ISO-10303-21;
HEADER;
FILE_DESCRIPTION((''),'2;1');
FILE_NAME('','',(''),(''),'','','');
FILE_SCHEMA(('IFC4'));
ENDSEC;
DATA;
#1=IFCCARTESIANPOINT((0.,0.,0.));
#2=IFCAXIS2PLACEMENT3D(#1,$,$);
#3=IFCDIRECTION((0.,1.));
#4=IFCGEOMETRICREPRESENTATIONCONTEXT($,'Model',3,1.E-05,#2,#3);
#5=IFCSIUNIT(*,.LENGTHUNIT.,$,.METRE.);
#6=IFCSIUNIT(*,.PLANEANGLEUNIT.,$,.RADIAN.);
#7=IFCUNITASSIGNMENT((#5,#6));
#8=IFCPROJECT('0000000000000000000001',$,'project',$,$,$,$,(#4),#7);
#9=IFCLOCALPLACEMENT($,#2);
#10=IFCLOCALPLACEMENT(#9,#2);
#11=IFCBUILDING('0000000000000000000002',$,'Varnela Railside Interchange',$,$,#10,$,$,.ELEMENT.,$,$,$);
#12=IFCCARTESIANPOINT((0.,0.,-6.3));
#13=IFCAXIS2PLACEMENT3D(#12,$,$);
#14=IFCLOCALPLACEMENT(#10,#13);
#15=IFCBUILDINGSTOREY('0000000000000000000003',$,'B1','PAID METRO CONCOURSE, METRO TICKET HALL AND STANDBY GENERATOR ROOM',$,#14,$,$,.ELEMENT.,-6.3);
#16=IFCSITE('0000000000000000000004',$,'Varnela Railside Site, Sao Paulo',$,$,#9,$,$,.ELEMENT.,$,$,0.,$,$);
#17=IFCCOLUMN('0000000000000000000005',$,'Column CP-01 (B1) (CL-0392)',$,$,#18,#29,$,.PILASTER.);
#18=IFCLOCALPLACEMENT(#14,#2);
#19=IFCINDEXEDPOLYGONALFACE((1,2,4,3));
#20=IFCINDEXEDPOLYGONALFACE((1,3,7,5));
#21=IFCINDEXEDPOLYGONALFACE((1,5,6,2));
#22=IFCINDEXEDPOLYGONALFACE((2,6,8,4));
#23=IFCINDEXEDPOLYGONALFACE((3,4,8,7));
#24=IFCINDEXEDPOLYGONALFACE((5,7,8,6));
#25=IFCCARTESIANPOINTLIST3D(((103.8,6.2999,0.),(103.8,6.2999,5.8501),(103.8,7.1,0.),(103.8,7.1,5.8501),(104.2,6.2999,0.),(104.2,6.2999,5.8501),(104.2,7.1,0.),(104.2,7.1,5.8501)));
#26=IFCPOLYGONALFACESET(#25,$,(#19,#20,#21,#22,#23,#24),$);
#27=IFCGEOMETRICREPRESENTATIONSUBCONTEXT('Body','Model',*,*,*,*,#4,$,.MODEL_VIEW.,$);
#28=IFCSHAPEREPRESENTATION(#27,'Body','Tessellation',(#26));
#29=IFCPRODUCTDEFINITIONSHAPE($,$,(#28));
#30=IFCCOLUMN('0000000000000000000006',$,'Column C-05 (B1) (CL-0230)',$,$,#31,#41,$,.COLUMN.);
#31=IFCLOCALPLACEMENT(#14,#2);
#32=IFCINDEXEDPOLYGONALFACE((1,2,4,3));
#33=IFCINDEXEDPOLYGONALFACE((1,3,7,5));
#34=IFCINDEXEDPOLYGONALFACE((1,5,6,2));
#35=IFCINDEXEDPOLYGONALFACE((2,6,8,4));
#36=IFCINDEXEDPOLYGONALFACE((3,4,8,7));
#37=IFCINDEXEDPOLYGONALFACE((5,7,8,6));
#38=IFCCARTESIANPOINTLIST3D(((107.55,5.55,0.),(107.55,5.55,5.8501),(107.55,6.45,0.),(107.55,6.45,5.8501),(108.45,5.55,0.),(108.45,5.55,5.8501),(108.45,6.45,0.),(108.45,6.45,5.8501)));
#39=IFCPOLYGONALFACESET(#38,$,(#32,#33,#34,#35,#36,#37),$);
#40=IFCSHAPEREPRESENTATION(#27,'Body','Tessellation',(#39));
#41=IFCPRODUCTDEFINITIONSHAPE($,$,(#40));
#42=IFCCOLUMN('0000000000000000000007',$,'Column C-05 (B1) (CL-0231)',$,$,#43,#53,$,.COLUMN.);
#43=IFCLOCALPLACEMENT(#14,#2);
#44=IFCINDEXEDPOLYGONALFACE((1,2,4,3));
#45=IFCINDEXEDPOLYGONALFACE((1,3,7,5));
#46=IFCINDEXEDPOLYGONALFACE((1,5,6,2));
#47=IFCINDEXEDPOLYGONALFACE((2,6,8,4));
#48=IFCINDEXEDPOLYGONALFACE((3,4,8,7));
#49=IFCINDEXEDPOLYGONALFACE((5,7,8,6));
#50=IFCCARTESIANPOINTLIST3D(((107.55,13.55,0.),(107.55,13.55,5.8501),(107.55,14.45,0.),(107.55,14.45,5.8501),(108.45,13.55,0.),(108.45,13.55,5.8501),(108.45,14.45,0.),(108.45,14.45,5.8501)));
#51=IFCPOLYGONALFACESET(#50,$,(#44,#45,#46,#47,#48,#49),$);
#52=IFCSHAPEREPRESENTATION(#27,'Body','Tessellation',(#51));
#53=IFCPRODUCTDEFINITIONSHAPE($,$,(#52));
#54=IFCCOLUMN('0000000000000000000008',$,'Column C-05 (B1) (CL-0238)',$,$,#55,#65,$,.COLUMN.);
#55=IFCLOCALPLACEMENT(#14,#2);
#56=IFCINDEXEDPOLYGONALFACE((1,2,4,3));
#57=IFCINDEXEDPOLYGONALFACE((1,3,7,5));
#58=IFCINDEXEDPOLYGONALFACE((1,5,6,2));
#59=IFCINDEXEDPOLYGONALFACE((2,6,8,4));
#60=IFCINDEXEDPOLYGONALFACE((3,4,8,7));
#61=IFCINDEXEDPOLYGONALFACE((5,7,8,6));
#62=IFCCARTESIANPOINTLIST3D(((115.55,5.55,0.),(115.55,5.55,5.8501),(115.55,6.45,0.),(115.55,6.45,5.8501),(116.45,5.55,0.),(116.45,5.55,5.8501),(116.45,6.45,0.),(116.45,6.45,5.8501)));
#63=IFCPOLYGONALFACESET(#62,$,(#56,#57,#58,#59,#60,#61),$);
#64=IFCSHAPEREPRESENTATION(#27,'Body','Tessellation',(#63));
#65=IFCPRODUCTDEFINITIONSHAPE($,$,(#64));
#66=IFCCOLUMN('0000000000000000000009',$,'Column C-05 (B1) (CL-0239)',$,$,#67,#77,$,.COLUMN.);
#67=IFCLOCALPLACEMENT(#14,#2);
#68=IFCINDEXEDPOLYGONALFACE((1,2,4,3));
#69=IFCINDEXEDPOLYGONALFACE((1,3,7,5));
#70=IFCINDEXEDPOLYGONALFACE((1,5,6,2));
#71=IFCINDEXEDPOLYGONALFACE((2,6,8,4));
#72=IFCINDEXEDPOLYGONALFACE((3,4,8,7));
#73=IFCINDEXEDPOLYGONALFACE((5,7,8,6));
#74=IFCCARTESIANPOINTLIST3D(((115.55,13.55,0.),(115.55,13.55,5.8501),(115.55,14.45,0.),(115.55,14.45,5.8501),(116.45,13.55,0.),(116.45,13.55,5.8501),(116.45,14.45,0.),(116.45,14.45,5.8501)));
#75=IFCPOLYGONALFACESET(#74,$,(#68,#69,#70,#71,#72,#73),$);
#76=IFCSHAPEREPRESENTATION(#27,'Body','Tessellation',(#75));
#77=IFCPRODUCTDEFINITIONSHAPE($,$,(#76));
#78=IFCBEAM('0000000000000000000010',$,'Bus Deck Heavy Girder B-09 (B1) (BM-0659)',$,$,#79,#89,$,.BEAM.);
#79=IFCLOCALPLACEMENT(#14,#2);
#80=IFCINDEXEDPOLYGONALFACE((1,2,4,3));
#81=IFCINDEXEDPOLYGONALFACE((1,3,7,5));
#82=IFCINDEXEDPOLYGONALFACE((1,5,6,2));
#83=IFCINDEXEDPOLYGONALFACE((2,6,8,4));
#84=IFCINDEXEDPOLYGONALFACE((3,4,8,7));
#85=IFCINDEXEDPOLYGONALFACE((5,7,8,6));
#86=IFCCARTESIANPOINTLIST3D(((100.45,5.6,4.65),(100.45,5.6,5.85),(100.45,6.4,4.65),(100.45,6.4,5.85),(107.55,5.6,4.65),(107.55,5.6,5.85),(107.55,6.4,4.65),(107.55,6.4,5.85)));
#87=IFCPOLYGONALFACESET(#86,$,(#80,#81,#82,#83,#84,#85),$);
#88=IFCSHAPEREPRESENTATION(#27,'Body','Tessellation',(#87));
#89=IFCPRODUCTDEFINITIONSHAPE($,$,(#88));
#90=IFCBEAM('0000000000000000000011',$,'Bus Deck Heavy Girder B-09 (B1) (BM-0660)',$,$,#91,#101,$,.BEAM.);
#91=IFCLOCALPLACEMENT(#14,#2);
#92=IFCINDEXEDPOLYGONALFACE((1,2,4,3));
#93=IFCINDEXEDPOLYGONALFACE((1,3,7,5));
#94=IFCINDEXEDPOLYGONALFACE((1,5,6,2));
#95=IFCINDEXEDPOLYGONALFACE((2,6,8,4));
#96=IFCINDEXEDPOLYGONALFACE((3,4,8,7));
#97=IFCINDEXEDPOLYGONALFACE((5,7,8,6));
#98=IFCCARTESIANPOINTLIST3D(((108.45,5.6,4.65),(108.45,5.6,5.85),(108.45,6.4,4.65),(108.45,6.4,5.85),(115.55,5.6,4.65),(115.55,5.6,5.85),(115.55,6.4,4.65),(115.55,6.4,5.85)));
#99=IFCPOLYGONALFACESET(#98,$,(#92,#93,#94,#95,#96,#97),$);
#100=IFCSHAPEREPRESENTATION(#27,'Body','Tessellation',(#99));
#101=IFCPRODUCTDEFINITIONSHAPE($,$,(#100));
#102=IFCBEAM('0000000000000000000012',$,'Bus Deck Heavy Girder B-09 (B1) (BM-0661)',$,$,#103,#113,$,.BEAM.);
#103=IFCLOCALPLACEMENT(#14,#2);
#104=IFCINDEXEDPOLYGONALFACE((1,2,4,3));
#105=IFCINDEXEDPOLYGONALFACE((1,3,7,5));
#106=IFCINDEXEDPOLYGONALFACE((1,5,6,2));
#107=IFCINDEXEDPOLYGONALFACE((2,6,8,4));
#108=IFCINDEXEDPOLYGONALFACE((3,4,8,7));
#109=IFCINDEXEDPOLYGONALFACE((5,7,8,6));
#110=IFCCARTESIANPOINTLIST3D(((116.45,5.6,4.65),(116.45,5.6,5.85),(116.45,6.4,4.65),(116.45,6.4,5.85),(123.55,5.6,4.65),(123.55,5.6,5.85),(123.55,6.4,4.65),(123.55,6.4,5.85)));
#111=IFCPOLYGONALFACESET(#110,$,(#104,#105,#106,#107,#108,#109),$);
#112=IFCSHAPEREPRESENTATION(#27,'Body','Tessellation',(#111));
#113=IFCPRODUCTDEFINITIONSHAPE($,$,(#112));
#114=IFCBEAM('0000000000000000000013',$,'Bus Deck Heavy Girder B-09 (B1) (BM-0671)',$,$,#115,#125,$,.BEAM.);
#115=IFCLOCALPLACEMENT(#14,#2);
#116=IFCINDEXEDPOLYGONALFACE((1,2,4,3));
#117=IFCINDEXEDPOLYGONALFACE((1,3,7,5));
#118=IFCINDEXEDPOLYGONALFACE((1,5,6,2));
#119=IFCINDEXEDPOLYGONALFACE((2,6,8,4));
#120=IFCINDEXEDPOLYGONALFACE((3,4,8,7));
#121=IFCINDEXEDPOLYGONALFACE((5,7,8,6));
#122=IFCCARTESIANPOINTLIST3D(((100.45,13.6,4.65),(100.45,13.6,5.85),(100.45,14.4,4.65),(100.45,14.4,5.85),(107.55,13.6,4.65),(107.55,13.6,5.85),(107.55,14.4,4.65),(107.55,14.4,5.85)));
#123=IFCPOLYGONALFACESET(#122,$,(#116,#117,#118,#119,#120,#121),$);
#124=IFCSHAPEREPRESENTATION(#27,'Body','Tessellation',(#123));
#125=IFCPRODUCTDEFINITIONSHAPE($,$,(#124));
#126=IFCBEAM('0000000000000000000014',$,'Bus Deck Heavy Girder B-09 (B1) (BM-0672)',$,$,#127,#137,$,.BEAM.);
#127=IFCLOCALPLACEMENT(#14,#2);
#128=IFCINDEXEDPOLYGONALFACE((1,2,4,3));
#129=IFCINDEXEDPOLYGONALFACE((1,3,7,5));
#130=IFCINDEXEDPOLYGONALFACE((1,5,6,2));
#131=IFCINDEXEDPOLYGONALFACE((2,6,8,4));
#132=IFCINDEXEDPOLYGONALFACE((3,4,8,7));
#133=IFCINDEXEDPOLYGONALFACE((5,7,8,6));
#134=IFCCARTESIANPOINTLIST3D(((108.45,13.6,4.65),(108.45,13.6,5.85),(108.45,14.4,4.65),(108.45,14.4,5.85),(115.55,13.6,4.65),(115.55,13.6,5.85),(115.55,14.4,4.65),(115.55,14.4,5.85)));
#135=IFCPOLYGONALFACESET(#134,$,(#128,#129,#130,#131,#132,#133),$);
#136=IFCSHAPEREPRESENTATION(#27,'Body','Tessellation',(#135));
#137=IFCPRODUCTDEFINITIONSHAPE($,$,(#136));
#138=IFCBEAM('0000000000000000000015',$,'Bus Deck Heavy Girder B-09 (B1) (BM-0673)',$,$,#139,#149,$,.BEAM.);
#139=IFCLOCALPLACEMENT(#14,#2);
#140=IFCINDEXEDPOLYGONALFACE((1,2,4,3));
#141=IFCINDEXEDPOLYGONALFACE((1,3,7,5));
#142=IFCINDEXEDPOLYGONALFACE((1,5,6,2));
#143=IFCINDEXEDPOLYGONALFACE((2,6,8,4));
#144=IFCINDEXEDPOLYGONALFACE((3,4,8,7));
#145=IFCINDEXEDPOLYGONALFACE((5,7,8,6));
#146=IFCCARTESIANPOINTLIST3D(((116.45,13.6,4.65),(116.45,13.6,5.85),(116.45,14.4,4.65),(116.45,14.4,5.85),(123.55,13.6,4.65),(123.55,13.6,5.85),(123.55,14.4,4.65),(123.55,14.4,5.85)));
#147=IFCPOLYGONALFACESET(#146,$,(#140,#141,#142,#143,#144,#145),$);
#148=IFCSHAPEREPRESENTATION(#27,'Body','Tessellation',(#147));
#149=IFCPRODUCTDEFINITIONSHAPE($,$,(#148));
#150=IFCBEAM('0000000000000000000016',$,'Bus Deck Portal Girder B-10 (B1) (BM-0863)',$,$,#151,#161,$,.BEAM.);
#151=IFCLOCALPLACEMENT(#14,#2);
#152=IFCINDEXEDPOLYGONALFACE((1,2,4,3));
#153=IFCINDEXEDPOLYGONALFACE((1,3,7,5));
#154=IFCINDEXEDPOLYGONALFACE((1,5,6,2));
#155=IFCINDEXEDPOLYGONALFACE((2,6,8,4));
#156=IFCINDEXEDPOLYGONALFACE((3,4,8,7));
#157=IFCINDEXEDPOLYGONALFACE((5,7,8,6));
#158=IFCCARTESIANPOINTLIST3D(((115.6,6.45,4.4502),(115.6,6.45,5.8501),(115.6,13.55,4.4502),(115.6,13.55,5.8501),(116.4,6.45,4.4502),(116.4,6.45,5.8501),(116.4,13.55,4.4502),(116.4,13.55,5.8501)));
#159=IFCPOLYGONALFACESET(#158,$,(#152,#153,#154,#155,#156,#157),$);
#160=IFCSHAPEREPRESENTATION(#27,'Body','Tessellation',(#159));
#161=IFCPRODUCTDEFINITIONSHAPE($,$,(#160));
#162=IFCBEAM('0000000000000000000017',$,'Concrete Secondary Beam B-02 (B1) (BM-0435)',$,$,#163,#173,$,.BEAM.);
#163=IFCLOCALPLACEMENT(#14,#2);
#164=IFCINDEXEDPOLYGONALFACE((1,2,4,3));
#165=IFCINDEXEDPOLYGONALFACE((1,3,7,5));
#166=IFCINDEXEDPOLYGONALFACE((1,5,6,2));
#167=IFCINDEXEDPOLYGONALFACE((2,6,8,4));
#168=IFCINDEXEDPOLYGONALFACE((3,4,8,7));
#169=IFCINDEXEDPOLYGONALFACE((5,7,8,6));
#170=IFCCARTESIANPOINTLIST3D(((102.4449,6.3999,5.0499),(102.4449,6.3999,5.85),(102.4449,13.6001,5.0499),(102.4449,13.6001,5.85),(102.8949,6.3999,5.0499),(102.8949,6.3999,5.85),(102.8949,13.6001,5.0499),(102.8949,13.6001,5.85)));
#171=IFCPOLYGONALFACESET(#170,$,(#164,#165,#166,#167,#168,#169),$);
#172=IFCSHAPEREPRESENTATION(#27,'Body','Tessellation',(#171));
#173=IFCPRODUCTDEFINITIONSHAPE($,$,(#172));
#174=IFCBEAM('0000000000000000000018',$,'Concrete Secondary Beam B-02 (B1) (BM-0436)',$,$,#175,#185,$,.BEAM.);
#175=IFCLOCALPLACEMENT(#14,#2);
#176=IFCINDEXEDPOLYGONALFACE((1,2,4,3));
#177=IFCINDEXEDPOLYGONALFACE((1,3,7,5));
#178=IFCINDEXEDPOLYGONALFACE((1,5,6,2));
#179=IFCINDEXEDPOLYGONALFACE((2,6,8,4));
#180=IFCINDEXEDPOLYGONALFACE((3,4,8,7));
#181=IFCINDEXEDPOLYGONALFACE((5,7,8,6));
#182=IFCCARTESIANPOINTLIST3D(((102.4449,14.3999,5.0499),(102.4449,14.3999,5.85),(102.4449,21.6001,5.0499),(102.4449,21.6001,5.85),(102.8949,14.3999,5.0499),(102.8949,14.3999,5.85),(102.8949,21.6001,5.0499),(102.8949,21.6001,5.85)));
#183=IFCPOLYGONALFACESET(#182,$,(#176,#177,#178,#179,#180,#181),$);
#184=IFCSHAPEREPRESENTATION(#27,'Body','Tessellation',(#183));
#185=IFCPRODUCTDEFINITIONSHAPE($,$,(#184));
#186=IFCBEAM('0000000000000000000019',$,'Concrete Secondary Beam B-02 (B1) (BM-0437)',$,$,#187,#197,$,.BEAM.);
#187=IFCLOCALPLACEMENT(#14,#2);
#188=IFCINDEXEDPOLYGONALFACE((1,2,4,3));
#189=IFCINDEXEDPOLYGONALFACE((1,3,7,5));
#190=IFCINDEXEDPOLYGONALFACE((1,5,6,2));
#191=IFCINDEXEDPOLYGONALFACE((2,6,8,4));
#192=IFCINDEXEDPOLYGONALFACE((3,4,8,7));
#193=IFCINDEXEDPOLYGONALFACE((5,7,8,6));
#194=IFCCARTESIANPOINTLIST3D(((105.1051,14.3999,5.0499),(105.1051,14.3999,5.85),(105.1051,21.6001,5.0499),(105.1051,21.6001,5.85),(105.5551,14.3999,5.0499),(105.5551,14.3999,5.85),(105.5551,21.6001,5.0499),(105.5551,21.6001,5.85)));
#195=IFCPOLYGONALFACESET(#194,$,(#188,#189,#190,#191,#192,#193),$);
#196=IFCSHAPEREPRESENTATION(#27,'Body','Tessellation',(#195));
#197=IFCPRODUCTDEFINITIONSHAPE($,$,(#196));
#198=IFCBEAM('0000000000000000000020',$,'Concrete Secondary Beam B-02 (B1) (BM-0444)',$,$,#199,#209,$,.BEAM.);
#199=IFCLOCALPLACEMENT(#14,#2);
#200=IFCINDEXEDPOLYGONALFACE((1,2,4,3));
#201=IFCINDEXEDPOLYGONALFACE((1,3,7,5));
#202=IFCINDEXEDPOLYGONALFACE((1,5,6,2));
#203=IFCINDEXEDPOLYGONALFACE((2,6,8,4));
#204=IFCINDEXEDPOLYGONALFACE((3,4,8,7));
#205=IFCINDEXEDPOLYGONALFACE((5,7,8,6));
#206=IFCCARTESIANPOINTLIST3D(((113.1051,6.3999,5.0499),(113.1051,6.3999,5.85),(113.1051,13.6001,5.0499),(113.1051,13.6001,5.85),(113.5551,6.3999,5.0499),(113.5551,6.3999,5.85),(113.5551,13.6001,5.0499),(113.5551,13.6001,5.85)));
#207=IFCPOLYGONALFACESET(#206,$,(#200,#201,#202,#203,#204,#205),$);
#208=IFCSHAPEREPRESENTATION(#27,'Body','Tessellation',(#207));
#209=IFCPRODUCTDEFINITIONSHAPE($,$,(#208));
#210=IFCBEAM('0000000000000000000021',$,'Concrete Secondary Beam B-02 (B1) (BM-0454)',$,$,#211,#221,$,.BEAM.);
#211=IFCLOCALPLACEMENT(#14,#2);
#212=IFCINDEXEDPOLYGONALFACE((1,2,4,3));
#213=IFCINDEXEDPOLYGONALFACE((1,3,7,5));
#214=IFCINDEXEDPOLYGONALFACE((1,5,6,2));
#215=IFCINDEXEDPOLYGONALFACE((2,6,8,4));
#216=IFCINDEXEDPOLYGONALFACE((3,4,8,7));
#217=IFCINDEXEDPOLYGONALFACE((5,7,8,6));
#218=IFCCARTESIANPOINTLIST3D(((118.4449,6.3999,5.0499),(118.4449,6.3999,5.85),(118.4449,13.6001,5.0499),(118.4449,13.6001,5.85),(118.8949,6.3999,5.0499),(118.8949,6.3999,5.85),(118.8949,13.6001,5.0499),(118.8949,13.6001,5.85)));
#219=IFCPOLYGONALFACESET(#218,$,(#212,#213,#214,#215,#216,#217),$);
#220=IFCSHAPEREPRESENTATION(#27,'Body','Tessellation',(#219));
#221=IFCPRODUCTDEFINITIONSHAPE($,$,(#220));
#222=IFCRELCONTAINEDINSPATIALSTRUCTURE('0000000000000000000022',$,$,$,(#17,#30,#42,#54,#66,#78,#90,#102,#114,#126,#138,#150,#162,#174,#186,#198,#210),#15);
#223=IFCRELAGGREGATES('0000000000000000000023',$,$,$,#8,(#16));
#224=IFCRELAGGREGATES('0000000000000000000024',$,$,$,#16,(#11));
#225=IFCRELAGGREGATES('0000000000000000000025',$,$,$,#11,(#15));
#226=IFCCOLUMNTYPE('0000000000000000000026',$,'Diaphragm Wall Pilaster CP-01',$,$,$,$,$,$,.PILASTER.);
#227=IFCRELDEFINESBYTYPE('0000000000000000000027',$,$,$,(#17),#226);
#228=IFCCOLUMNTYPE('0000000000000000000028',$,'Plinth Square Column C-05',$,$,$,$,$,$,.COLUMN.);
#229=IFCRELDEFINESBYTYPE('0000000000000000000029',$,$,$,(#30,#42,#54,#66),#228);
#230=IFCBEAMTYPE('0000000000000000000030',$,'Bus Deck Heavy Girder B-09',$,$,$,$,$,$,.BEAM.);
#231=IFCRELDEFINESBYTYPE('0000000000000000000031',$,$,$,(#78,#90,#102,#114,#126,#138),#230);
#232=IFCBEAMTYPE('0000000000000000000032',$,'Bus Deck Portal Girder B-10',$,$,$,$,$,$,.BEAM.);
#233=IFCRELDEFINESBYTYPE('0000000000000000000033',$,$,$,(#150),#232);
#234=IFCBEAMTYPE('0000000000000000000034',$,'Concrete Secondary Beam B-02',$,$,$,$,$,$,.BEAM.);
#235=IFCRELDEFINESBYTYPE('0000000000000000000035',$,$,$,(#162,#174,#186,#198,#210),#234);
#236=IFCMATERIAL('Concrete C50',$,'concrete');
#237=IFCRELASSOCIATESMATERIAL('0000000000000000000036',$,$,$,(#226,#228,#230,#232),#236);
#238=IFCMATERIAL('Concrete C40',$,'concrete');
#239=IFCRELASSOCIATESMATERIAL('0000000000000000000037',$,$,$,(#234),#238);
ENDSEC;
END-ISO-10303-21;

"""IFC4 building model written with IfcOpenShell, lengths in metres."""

from ifc_helpers import new_model, si_unit, direction, frame, origin, origin_2d, place, context, subcontext, project, spatial, rectangle, extrude, material, material_profile, profile_set, type_object, element, save


model = new_model("IFC4")

# Units and contexts
model_context = context("Model", 3, precision=1e-05, world=origin(), true_north=direction((0.0, 1.0)))
body_context = subcontext(model_context, "Body", "Model", "MODEL_VIEW")
ifc_project = project(units=[si_unit("LENGTHUNIT", "METRE"), si_unit("PLANEANGLEUNIT", "RADIAN")], contexts=[model_context])

# Site, building, storey
site_placement = place(None, origin())
site = spatial("IfcSite", under=ifc_project, at=site_placement, Name="Varnela Railside Site, Sao Paulo", CompositionType="ELEMENT", RefElevation=0.0)
building_placement = place(site_placement, origin())
building = spatial("IfcBuilding", under=site, at=building_placement, Name="Varnela Railside Interchange", CompositionType="ELEMENT")
storey_placement = place(building_placement, frame((0.0, 0.0, -6.3)))
storey = spatial("IfcBuildingStorey", under=building, at=storey_placement, Name="B1", Description="PAID METRO CONCOURSE, METRO TICKET HALL AND STANDBY GENERATOR ROOM", CompositionType="ELEMENT", Elevation=-6.3)

# Columns
ifc_material_1 = material(Name="Concrete C50", Category="concrete")
ifc_material_profile_1 = material_profile(ifc_material_1, rectangle(XDim=0.3999, YDim=0.8, at=origin_2d()), Name="RC 400x800")
ifc_profile_set_1 = profile_set([ifc_material_profile_1], Name="Concrete C50")
column_type_1 = type_object("IfcColumnType", Name="Diaphragm Wall Pilaster CP-01", PredefinedType="PILASTER", material=ifc_profile_set_1)
column_placement = place(storey_placement, frame((104.0, 6.7, 0.0), z_axis=(0.0, 0.0, 1.0), x_axis=(1.0, 0.0, 0.0)))
element("IfcColumn", 1, at=column_placement, inside=storey, type_object=column_type_1, Name="Column CP-01 (B1) (CL-0392)", PredefinedType="PILASTER", context=body_context, shape_type="SweptSolid", body=[
    extrude(rectangle(XDim=0.3999, YDim=0.8, at=origin_2d()), origin(), (0.0, 0.0, 1.0), 5.8501),
])
ifc_material_profile_2 = material_profile(ifc_material_1, rectangle(XDim=0.8999, YDim=0.8999, at=origin_2d()), Name="RC 900x900")
ifc_profile_set_2 = profile_set([ifc_material_profile_2], Name="Concrete C50")
column_type_2 = type_object("IfcColumnType", Name="Plinth Square Column C-05", PredefinedType="COLUMN", material=ifc_profile_set_2)
for number, where, z_axis, x_axis, name in (
    (2, (108.0, 6.0, 0.0), (0.0, 0.0, 1.0), (1.0, 0.0, 0.0), "Column C-05 (B1) (CL-0230)"),
    (3, (108.0, 14.0, 0.0), (0.0, 0.0, 1.0), (1.0, 0.0, 0.0), "Column C-05 (B1) (CL-0231)"),
    (4, (116.0, 6.0, 0.0), (0.0, 0.0, 1.0), (1.0, 0.0, 0.0), "Column C-05 (B1) (CL-0238)"),
    (5, (116.0, 14.0, 0.0), (0.0, 0.0, 1.0), (1.0, 0.0, 0.0), "Column C-05 (B1) (CL-0239)"),
):
    element("IfcColumn", number, at=place(storey_placement, frame(where, z_axis=z_axis, x_axis=x_axis)), inside=storey, type_object=column_type_2, Name=name, PredefinedType="COLUMN", context=body_context, shape_type="SweptSolid", body=[
        extrude(rectangle(XDim=0.8999, YDim=0.8999, at=origin_2d()), origin(), (0.0, 0.0, 1.0), 5.8501),
    ])

# Beams
ifc_material_profile_3 = material_profile(ifc_material_1, rectangle(XDim=0.8, YDim=1.2, at=origin_2d()), Name="RC 800x1200")
ifc_profile_set_3 = profile_set([ifc_material_profile_3], Name="Concrete C50")
beam_type_1 = type_object("IfcBeamType", Name="Bus Deck Heavy Girder B-09", PredefinedType="BEAM", material=ifc_profile_set_3)
for number, where, z_axis, x_axis, name in (
    (6, (100.45, 6.0, 5.25), (1.0, 0.0, 0.0), (0.0, 1.0, 0.0), "Bus Deck Heavy Girder B-09 (B1) (BM-0659)"),
    (7, (108.45, 6.0, 5.25), (1.0, 0.0, 0.0), (0.0, 1.0, 0.0), "Bus Deck Heavy Girder B-09 (B1) (BM-0660)"),
    (8, (116.45, 6.0, 5.25), (1.0, 0.0, 0.0), (0.0, 1.0, 0.0), "Bus Deck Heavy Girder B-09 (B1) (BM-0661)"),
    (9, (100.45, 14.0, 5.25), (1.0, 0.0, 0.0), (0.0, 1.0, 0.0), "Bus Deck Heavy Girder B-09 (B1) (BM-0671)"),
    (10, (108.45, 14.0, 5.25), (1.0, 0.0, 0.0), (0.0, 1.0, 0.0), "Bus Deck Heavy Girder B-09 (B1) (BM-0672)"),
    (11, (116.45, 14.0, 5.25), (1.0, 0.0, 0.0), (0.0, 1.0, 0.0), "Bus Deck Heavy Girder B-09 (B1) (BM-0673)"),
):
    element("IfcBeam", number, at=place(storey_placement, frame(where, z_axis=z_axis, x_axis=x_axis)), inside=storey, type_object=beam_type_1, Name=name, PredefinedType="BEAM", context=body_context, shape_type="SweptSolid", body=[
        extrude(rectangle(XDim=0.8, YDim=1.2, at=origin_2d()), origin(), (0.0, 0.0, 1.0), 7.1001),
    ])
ifc_material_profile_4 = material_profile(ifc_material_1, rectangle(XDim=0.8, YDim=1.3999, at=origin_2d()), Name="RC 800x1400")
ifc_profile_set_4 = profile_set([ifc_material_profile_4], Name="Concrete C50")
beam_type_2 = type_object("IfcBeamType", Name="Bus Deck Portal Girder B-10", PredefinedType="BEAM", material=ifc_profile_set_4)
beam_1_placement = place(storey_placement, frame((116.0, 6.45, 5.1501), z_axis=(0.0, 1.0, 0.0), x_axis=(-1.0, 0.0, 0.0)))
element("IfcBeam", 12, at=beam_1_placement, inside=storey, type_object=beam_type_2, Name="Bus Deck Portal Girder B-10 (B1) (BM-0863)", PredefinedType="BEAM", context=body_context, shape_type="SweptSolid", body=[
    extrude(rectangle(XDim=0.8, YDim=1.3999, at=origin_2d()), origin(), (0.0, 0.0, 1.0), 7.1001),
])
ifc_material_2 = material(Name="Concrete C40", Category="concrete")
ifc_material_profile_5 = material_profile(ifc_material_2, rectangle(XDim=0.45, YDim=0.8, at=origin_2d()), Name="RC 450x800")
ifc_profile_set_5 = profile_set([ifc_material_profile_5], Name="Concrete C40")
beam_type_3 = type_object("IfcBeamType", Name="Concrete Secondary Beam B-02", PredefinedType="BEAM", material=ifc_profile_set_5)
for number, where, z_axis, x_axis, name in (
    (13, (102.6699, 6.3999, 5.45), (0.0, 1.0, 0.0), (-1.0, 0.0, 0.0), "Concrete Secondary Beam B-02 (B1) (BM-0435)"),
    (14, (102.6699, 14.3999, 5.45), (0.0, 1.0, 0.0), (-1.0, 0.0, 0.0), "Concrete Secondary Beam B-02 (B1) (BM-0436)"),
    (15, (105.3301, 14.3999, 5.45), (0.0, 1.0, 0.0), (-1.0, 0.0, 0.0), "Concrete Secondary Beam B-02 (B1) (BM-0437)"),
    (16, (113.3301, 6.3999, 5.45), (0.0, 1.0, 0.0), (-1.0, 0.0, 0.0), "Concrete Secondary Beam B-02 (B1) (BM-0444)"),
    (17, (118.6699, 6.3999, 5.45), (0.0, 1.0, 0.0), (-1.0, 0.0, 0.0), "Concrete Secondary Beam B-02 (B1) (BM-0454)"),
):
    element("IfcBeam", number, at=place(storey_placement, frame(where, z_axis=z_axis, x_axis=x_axis)), inside=storey, type_object=beam_type_3, Name=name, PredefinedType="BEAM", context=body_context, shape_type="SweptSolid", body=[
        extrude(rectangle(XDim=0.45, YDim=0.8, at=origin_2d()), origin(), (0.0, 0.0, 1.0), 7.2002),
    ])

save(model, "model.ifc")
